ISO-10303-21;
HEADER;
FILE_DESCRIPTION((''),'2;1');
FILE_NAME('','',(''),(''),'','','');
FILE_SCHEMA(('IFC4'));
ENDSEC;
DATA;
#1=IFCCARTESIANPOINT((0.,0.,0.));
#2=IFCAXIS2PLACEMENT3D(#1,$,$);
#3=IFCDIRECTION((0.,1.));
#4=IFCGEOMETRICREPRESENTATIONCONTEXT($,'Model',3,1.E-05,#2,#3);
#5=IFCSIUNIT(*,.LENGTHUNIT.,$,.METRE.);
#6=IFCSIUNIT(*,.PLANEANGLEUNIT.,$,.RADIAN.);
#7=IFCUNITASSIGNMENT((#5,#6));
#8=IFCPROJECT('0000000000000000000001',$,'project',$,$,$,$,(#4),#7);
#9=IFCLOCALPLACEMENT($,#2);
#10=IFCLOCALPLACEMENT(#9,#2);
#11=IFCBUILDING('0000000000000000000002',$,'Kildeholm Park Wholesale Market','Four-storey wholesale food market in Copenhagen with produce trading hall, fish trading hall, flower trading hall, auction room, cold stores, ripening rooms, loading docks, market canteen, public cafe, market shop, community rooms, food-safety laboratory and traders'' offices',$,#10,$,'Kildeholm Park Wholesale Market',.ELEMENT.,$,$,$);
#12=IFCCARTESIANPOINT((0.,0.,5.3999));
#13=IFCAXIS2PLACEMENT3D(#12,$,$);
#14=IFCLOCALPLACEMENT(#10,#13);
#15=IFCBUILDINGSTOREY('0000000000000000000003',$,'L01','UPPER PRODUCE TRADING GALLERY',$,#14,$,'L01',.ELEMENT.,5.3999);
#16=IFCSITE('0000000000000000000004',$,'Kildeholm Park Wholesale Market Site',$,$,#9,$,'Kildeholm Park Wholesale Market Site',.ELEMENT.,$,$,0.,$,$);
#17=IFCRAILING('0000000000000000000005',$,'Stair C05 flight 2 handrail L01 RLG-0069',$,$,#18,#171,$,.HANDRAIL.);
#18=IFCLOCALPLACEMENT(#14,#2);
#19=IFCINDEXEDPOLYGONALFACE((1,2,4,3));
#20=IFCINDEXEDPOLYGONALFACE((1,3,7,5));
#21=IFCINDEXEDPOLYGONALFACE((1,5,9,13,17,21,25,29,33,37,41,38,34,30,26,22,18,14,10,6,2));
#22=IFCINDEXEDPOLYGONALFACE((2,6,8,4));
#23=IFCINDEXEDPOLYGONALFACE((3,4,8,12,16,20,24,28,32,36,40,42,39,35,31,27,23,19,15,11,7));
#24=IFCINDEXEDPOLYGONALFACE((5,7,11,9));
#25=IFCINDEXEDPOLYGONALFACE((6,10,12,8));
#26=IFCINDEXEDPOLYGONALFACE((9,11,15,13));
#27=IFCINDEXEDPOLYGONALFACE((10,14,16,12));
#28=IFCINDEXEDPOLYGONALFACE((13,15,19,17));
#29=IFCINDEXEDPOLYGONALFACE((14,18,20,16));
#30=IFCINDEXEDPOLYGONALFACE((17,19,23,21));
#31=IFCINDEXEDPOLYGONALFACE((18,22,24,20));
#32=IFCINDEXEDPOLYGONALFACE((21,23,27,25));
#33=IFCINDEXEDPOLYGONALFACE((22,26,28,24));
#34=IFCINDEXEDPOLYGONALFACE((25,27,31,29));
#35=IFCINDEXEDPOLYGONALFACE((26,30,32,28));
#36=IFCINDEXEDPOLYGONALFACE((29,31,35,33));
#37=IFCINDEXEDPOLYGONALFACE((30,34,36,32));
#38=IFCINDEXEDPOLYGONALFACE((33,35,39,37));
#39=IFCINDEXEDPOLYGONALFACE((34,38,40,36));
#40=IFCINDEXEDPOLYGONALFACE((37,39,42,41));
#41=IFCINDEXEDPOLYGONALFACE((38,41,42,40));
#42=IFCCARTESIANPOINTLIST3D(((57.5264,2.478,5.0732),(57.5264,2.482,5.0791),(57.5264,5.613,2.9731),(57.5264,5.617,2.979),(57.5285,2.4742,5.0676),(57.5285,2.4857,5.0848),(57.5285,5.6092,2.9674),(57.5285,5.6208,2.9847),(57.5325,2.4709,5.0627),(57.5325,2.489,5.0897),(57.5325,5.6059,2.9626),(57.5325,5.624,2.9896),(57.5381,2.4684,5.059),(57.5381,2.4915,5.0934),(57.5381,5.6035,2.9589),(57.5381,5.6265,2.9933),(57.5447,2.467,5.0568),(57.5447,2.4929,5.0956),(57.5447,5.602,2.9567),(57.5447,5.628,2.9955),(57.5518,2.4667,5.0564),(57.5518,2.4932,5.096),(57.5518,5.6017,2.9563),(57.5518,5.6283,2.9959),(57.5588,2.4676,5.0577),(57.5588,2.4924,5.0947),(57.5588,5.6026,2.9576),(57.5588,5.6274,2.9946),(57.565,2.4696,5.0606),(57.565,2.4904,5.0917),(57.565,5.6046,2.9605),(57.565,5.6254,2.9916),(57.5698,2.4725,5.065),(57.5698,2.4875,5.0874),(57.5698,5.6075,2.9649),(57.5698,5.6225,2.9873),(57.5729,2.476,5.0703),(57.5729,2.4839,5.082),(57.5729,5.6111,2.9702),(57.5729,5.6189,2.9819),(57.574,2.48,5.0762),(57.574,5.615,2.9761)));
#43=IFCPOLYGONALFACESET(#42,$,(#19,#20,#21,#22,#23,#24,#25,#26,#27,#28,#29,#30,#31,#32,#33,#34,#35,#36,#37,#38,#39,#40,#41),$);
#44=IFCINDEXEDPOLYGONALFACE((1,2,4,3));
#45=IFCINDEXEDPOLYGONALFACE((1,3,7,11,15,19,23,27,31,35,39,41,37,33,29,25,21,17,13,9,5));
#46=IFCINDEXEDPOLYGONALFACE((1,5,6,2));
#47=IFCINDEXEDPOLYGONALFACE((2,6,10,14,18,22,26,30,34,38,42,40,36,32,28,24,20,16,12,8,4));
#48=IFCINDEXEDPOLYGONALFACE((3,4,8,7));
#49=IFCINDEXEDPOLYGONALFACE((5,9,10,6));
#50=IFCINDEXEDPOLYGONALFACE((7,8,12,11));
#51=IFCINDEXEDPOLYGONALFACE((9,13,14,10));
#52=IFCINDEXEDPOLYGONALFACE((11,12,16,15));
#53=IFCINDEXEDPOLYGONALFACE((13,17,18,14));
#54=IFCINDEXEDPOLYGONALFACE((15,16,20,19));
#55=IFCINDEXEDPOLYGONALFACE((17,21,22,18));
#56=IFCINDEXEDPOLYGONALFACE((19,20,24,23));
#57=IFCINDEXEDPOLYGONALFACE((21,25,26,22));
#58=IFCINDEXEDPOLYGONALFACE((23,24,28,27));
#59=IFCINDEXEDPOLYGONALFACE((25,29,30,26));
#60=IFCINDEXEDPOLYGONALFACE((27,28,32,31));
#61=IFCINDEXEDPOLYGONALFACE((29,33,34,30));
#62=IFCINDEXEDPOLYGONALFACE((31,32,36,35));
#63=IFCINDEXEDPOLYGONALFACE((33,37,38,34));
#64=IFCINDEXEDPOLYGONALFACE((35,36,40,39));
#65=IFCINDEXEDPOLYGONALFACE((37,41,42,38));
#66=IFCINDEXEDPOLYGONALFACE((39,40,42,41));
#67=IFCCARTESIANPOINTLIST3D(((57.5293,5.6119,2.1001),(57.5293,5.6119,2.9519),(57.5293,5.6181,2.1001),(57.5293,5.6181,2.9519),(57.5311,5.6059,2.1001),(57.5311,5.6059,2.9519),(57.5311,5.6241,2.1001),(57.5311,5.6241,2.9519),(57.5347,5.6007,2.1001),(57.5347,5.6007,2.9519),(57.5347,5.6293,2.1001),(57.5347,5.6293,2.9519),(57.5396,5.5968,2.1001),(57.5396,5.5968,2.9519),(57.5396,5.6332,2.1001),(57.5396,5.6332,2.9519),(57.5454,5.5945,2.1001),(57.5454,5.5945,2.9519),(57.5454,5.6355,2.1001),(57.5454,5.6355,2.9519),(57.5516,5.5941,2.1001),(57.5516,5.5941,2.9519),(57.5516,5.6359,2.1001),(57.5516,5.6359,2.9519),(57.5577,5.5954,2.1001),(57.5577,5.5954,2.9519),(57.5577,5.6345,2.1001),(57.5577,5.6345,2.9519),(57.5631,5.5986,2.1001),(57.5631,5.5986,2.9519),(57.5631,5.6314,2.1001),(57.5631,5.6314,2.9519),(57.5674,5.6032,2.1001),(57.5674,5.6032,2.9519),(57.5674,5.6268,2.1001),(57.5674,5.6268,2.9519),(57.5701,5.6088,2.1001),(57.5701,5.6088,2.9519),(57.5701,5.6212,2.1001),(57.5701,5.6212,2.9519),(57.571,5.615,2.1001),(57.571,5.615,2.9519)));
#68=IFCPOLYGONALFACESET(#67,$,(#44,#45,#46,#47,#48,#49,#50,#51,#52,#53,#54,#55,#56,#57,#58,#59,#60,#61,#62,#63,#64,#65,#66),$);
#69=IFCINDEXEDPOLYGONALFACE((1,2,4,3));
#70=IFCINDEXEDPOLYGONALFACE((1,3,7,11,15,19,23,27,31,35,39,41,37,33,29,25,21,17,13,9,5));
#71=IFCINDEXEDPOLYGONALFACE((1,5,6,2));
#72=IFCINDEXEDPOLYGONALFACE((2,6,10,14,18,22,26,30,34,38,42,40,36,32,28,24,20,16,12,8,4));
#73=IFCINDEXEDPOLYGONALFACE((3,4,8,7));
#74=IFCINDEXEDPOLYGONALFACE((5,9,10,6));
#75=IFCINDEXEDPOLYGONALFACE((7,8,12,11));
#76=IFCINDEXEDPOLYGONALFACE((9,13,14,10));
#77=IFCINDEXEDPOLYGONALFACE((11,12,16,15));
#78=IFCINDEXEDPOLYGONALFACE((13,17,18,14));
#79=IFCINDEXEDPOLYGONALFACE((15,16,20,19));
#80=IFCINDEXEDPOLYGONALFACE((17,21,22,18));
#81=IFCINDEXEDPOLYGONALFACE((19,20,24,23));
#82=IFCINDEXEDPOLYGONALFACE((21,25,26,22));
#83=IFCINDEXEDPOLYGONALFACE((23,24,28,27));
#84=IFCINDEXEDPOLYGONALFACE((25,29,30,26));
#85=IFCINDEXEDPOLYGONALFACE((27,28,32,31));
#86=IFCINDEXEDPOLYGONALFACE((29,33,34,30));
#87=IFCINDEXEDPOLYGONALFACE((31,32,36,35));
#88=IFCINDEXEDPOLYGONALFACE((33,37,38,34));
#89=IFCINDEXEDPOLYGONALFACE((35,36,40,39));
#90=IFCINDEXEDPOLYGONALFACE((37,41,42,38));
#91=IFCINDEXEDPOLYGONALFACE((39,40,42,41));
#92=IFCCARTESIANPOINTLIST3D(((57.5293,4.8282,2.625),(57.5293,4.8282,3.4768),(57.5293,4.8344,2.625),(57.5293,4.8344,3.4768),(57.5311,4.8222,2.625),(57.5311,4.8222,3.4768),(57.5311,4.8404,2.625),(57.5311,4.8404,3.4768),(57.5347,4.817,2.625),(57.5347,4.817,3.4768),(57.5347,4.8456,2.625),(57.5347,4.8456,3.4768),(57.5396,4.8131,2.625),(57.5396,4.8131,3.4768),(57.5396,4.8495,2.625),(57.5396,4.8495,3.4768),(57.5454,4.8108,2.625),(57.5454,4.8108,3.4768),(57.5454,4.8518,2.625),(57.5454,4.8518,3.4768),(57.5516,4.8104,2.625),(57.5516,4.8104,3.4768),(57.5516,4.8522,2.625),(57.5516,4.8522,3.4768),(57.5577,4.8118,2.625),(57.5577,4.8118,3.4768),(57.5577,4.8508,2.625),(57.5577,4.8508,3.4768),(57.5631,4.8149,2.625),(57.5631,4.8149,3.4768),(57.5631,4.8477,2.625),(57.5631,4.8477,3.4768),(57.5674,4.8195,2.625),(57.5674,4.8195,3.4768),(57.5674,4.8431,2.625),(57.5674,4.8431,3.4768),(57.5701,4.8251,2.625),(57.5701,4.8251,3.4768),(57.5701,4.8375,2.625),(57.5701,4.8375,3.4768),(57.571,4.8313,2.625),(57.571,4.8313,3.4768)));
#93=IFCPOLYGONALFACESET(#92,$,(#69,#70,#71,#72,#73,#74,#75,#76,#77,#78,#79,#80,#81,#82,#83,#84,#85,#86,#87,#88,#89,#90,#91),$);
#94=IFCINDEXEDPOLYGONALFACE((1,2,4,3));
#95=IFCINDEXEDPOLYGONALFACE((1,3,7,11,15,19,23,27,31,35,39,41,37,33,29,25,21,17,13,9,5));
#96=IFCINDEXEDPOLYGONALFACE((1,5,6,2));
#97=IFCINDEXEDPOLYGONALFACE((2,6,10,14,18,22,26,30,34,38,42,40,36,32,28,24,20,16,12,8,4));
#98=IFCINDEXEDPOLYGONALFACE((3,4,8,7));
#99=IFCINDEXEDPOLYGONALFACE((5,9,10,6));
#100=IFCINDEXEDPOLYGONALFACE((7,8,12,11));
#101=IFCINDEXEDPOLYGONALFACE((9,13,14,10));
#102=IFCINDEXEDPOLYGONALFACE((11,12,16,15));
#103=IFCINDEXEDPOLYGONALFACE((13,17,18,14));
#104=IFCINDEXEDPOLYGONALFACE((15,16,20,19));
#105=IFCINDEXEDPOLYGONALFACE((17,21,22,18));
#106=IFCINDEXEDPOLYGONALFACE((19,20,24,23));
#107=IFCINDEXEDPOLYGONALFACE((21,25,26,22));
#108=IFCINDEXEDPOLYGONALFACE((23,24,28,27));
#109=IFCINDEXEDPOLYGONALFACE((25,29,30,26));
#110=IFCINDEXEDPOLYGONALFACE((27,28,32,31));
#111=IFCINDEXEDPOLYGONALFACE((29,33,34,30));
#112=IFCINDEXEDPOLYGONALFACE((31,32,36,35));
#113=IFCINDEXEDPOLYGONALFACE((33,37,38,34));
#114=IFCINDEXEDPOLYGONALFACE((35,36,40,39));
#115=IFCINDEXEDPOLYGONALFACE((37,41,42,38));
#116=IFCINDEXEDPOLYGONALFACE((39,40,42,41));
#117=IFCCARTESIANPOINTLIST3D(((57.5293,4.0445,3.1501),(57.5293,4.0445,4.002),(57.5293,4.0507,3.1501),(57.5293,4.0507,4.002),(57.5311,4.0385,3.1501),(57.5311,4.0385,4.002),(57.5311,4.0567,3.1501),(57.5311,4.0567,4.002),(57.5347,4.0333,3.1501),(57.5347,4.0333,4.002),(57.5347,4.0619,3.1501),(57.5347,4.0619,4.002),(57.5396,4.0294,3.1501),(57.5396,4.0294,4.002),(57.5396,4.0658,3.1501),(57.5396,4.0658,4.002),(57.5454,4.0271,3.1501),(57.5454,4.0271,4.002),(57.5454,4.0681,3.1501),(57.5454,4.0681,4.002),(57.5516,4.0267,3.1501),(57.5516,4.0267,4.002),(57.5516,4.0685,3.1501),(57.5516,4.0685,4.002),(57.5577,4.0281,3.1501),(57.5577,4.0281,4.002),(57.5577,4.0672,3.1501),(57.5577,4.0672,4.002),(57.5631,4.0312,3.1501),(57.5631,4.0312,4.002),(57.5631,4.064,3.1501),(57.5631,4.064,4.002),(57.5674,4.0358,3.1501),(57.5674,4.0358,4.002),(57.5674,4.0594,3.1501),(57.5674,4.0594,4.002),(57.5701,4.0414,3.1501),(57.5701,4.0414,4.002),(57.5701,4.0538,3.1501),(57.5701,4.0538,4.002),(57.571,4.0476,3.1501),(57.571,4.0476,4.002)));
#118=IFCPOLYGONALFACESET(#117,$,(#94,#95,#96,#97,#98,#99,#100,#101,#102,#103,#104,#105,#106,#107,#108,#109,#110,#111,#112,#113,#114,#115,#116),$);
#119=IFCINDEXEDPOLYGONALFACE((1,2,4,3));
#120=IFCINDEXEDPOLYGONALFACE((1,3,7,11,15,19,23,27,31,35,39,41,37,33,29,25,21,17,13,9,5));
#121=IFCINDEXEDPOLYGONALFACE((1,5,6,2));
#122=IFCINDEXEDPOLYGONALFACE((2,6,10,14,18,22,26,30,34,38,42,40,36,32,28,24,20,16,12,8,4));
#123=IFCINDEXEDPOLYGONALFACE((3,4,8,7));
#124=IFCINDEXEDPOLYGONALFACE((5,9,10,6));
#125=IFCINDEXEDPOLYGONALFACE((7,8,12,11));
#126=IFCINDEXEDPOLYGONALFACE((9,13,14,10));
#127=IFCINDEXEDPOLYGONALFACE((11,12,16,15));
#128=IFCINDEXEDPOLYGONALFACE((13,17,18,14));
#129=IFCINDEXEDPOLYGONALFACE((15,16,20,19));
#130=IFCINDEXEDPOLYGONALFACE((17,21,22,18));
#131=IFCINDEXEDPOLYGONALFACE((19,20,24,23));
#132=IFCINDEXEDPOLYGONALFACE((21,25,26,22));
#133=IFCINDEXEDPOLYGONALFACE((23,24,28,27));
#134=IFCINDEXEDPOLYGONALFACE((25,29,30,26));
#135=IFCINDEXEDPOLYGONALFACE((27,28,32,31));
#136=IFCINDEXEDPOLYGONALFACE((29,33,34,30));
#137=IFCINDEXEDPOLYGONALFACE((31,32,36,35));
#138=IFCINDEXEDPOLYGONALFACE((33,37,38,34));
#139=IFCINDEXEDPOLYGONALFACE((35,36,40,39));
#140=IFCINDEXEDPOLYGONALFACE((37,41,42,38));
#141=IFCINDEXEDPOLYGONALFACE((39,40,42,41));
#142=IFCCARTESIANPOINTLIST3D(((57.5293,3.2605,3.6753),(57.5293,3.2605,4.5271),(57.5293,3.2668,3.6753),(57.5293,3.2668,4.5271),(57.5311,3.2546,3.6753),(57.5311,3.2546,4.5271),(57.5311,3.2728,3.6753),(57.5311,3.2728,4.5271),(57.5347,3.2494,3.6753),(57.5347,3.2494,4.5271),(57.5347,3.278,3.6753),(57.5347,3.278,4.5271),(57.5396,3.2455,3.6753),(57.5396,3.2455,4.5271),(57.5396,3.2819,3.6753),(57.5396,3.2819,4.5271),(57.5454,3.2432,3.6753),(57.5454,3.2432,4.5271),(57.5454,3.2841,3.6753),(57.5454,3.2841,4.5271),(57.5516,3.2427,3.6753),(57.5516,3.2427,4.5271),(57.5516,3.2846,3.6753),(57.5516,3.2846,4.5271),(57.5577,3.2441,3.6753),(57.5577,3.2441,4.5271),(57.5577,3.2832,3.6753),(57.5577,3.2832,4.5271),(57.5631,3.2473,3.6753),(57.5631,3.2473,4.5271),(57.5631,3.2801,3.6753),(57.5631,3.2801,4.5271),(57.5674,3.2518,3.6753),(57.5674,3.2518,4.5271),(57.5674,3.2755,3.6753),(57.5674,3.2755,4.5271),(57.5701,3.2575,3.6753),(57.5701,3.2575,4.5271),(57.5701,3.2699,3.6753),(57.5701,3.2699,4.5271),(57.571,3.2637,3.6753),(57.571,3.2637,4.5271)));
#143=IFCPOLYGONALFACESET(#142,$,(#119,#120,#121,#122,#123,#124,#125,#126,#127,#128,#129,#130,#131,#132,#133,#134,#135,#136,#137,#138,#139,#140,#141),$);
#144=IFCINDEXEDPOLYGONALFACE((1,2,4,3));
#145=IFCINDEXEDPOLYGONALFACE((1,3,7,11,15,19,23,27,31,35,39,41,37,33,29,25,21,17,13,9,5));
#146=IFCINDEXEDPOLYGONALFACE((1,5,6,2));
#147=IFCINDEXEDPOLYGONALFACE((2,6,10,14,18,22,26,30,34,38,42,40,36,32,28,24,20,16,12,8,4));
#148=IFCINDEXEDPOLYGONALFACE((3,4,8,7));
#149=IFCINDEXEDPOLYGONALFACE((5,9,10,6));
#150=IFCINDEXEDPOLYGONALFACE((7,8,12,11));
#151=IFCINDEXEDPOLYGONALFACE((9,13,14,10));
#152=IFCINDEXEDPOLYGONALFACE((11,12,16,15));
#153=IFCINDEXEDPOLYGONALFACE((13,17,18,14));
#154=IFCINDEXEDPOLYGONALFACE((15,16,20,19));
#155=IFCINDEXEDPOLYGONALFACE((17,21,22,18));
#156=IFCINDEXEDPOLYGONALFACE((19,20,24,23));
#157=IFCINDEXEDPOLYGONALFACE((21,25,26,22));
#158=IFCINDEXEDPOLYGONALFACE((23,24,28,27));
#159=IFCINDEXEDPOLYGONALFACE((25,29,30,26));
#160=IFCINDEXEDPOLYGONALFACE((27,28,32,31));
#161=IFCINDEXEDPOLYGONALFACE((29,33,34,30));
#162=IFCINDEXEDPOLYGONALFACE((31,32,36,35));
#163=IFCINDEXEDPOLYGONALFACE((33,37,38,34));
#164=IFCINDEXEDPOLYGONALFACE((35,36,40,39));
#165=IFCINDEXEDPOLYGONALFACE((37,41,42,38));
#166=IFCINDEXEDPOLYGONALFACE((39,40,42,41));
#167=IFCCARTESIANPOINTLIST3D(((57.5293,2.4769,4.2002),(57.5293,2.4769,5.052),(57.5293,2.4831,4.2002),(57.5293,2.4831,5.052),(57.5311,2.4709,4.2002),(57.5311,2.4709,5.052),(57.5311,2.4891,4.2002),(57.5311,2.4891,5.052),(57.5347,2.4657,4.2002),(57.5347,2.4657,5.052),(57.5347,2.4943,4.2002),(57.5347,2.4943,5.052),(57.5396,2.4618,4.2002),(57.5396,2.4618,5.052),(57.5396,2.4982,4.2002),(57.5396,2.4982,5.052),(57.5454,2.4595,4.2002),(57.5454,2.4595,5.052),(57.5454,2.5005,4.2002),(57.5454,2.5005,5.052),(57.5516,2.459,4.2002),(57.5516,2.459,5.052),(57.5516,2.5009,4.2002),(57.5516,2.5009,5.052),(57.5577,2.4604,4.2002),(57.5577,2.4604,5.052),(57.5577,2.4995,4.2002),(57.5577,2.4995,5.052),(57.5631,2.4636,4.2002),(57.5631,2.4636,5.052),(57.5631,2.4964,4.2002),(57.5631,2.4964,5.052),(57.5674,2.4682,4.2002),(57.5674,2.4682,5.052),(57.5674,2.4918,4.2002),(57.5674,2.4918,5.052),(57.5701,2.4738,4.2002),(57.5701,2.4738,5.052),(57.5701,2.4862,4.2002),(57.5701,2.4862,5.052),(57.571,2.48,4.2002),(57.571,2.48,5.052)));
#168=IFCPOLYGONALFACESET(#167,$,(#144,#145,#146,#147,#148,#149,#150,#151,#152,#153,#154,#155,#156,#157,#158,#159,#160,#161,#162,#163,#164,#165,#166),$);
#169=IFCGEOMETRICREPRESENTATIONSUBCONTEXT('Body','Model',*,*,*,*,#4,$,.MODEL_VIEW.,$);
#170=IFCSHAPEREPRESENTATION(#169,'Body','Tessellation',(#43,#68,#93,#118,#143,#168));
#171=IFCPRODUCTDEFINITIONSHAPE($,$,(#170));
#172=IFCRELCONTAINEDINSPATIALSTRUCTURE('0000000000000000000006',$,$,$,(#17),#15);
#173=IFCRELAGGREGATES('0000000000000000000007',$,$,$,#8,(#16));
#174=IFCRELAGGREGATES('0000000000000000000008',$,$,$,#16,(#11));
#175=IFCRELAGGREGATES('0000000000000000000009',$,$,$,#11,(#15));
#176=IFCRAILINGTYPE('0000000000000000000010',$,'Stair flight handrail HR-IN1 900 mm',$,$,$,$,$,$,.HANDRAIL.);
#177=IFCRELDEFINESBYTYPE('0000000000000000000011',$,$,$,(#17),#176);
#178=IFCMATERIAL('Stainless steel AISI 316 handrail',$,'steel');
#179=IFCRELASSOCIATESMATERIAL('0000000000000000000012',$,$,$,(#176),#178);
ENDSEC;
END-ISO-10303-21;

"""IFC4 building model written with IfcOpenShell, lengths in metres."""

from ifc_helpers import new_model, si_unit, direction, frame, origin, origin_2d, place, context, subcontext, project, spatial, circle, extrude, material, type_object, element, save


model = new_model("IFC4")

# Units and contexts
model_context = context("Model", 3, precision=1e-05, world=origin(), true_north=direction((0.0, 1.0)))
body_context = subcontext(model_context, "Body", "Model", "MODEL_VIEW")
ifc_project = project(units=[si_unit("LENGTHUNIT", "METRE"), si_unit("PLANEANGLEUNIT", "RADIAN")], contexts=[model_context])

# Site, building, storey
site_placement = place(None, origin())
site = spatial("IfcSite", under=ifc_project, at=site_placement, Name="Kildeholm Park Wholesale Market Site", LongName="Kildeholm Park Wholesale Market Site", CompositionType="ELEMENT", RefElevation=0.0)
building_placement = place(site_placement, origin())
building = spatial("IfcBuilding", under=site, at=building_placement, Name="Kildeholm Park Wholesale Market", Description="Four-storey wholesale food market in Copenhagen with produce trading hall, fish trading hall, flower trading hall, auction room, cold stores, ripening rooms, loading docks, market canteen, public cafe, market shop, community rooms, food-safety laboratory and traders' offices", LongName="Kildeholm Park Wholesale Market", CompositionType="ELEMENT")
storey_placement = place(building_placement, frame((0.0, 0.0, 5.3999)))
storey = spatial("IfcBuildingStorey", under=building, at=storey_placement, Name="L01", Description="UPPER PRODUCE TRADING GALLERY", LongName="L01", CompositionType="ELEMENT", Elevation=5.3999)

# Railing
ifc_material_1 = material(Name="Stainless steel AISI 316 handrail", Category="steel")
railing_type_1 = type_object("IfcRailingType", Name="Stair flight handrail HR-IN1 900 mm", PredefinedType="HANDRAIL", material=ifc_material_1)
railing_1_placement = place(storey_placement, frame((57.55, 5.615, 2.1001)))
element("IfcRailing", 1, at=railing_1_placement, inside=storey, type_object=railing_type_1, Name="Stair C05 flight 2 handrail L01 RLG-0069", PredefinedType="HANDRAIL", context=body_context, shape_type="SweptSolid", body=[
    extrude(circle(Radius=0.0239, at=origin_2d()), frame((0.0, 0.0, 0.876), z_axis=(0.0, -0.830814, 0.55655), x_axis=(1.0, 0.0, 0.0)), (0.0, 0.0, 1.0), 3.7734),
    extrude(circle(Radius=0.021, at=origin_2d()), origin(), (0.0, 0.0, 1.0), 0.8518),
    extrude(circle(Radius=0.021, at=origin_2d()), frame((0.0, -0.7837, 0.5249)), (0.0, 0.0, 1.0), 0.8518),
    extrude(circle(Radius=0.021, at=origin_2d()), frame((0.0, -1.5674, 1.05)), (0.0, 0.0, 1.0), 0.8518),
    extrude(circle(Radius=0.021, at=origin_2d()), frame((0.0, -2.3513, 1.5752)), (0.0, 0.0, 1.0), 0.8518),
    extrude(circle(Radius=0.021, at=origin_2d()), frame((0.0, -3.135, 2.1001)), (0.0, 0.0, 1.0), 0.8518),
])

save(model, "model.ifc")
